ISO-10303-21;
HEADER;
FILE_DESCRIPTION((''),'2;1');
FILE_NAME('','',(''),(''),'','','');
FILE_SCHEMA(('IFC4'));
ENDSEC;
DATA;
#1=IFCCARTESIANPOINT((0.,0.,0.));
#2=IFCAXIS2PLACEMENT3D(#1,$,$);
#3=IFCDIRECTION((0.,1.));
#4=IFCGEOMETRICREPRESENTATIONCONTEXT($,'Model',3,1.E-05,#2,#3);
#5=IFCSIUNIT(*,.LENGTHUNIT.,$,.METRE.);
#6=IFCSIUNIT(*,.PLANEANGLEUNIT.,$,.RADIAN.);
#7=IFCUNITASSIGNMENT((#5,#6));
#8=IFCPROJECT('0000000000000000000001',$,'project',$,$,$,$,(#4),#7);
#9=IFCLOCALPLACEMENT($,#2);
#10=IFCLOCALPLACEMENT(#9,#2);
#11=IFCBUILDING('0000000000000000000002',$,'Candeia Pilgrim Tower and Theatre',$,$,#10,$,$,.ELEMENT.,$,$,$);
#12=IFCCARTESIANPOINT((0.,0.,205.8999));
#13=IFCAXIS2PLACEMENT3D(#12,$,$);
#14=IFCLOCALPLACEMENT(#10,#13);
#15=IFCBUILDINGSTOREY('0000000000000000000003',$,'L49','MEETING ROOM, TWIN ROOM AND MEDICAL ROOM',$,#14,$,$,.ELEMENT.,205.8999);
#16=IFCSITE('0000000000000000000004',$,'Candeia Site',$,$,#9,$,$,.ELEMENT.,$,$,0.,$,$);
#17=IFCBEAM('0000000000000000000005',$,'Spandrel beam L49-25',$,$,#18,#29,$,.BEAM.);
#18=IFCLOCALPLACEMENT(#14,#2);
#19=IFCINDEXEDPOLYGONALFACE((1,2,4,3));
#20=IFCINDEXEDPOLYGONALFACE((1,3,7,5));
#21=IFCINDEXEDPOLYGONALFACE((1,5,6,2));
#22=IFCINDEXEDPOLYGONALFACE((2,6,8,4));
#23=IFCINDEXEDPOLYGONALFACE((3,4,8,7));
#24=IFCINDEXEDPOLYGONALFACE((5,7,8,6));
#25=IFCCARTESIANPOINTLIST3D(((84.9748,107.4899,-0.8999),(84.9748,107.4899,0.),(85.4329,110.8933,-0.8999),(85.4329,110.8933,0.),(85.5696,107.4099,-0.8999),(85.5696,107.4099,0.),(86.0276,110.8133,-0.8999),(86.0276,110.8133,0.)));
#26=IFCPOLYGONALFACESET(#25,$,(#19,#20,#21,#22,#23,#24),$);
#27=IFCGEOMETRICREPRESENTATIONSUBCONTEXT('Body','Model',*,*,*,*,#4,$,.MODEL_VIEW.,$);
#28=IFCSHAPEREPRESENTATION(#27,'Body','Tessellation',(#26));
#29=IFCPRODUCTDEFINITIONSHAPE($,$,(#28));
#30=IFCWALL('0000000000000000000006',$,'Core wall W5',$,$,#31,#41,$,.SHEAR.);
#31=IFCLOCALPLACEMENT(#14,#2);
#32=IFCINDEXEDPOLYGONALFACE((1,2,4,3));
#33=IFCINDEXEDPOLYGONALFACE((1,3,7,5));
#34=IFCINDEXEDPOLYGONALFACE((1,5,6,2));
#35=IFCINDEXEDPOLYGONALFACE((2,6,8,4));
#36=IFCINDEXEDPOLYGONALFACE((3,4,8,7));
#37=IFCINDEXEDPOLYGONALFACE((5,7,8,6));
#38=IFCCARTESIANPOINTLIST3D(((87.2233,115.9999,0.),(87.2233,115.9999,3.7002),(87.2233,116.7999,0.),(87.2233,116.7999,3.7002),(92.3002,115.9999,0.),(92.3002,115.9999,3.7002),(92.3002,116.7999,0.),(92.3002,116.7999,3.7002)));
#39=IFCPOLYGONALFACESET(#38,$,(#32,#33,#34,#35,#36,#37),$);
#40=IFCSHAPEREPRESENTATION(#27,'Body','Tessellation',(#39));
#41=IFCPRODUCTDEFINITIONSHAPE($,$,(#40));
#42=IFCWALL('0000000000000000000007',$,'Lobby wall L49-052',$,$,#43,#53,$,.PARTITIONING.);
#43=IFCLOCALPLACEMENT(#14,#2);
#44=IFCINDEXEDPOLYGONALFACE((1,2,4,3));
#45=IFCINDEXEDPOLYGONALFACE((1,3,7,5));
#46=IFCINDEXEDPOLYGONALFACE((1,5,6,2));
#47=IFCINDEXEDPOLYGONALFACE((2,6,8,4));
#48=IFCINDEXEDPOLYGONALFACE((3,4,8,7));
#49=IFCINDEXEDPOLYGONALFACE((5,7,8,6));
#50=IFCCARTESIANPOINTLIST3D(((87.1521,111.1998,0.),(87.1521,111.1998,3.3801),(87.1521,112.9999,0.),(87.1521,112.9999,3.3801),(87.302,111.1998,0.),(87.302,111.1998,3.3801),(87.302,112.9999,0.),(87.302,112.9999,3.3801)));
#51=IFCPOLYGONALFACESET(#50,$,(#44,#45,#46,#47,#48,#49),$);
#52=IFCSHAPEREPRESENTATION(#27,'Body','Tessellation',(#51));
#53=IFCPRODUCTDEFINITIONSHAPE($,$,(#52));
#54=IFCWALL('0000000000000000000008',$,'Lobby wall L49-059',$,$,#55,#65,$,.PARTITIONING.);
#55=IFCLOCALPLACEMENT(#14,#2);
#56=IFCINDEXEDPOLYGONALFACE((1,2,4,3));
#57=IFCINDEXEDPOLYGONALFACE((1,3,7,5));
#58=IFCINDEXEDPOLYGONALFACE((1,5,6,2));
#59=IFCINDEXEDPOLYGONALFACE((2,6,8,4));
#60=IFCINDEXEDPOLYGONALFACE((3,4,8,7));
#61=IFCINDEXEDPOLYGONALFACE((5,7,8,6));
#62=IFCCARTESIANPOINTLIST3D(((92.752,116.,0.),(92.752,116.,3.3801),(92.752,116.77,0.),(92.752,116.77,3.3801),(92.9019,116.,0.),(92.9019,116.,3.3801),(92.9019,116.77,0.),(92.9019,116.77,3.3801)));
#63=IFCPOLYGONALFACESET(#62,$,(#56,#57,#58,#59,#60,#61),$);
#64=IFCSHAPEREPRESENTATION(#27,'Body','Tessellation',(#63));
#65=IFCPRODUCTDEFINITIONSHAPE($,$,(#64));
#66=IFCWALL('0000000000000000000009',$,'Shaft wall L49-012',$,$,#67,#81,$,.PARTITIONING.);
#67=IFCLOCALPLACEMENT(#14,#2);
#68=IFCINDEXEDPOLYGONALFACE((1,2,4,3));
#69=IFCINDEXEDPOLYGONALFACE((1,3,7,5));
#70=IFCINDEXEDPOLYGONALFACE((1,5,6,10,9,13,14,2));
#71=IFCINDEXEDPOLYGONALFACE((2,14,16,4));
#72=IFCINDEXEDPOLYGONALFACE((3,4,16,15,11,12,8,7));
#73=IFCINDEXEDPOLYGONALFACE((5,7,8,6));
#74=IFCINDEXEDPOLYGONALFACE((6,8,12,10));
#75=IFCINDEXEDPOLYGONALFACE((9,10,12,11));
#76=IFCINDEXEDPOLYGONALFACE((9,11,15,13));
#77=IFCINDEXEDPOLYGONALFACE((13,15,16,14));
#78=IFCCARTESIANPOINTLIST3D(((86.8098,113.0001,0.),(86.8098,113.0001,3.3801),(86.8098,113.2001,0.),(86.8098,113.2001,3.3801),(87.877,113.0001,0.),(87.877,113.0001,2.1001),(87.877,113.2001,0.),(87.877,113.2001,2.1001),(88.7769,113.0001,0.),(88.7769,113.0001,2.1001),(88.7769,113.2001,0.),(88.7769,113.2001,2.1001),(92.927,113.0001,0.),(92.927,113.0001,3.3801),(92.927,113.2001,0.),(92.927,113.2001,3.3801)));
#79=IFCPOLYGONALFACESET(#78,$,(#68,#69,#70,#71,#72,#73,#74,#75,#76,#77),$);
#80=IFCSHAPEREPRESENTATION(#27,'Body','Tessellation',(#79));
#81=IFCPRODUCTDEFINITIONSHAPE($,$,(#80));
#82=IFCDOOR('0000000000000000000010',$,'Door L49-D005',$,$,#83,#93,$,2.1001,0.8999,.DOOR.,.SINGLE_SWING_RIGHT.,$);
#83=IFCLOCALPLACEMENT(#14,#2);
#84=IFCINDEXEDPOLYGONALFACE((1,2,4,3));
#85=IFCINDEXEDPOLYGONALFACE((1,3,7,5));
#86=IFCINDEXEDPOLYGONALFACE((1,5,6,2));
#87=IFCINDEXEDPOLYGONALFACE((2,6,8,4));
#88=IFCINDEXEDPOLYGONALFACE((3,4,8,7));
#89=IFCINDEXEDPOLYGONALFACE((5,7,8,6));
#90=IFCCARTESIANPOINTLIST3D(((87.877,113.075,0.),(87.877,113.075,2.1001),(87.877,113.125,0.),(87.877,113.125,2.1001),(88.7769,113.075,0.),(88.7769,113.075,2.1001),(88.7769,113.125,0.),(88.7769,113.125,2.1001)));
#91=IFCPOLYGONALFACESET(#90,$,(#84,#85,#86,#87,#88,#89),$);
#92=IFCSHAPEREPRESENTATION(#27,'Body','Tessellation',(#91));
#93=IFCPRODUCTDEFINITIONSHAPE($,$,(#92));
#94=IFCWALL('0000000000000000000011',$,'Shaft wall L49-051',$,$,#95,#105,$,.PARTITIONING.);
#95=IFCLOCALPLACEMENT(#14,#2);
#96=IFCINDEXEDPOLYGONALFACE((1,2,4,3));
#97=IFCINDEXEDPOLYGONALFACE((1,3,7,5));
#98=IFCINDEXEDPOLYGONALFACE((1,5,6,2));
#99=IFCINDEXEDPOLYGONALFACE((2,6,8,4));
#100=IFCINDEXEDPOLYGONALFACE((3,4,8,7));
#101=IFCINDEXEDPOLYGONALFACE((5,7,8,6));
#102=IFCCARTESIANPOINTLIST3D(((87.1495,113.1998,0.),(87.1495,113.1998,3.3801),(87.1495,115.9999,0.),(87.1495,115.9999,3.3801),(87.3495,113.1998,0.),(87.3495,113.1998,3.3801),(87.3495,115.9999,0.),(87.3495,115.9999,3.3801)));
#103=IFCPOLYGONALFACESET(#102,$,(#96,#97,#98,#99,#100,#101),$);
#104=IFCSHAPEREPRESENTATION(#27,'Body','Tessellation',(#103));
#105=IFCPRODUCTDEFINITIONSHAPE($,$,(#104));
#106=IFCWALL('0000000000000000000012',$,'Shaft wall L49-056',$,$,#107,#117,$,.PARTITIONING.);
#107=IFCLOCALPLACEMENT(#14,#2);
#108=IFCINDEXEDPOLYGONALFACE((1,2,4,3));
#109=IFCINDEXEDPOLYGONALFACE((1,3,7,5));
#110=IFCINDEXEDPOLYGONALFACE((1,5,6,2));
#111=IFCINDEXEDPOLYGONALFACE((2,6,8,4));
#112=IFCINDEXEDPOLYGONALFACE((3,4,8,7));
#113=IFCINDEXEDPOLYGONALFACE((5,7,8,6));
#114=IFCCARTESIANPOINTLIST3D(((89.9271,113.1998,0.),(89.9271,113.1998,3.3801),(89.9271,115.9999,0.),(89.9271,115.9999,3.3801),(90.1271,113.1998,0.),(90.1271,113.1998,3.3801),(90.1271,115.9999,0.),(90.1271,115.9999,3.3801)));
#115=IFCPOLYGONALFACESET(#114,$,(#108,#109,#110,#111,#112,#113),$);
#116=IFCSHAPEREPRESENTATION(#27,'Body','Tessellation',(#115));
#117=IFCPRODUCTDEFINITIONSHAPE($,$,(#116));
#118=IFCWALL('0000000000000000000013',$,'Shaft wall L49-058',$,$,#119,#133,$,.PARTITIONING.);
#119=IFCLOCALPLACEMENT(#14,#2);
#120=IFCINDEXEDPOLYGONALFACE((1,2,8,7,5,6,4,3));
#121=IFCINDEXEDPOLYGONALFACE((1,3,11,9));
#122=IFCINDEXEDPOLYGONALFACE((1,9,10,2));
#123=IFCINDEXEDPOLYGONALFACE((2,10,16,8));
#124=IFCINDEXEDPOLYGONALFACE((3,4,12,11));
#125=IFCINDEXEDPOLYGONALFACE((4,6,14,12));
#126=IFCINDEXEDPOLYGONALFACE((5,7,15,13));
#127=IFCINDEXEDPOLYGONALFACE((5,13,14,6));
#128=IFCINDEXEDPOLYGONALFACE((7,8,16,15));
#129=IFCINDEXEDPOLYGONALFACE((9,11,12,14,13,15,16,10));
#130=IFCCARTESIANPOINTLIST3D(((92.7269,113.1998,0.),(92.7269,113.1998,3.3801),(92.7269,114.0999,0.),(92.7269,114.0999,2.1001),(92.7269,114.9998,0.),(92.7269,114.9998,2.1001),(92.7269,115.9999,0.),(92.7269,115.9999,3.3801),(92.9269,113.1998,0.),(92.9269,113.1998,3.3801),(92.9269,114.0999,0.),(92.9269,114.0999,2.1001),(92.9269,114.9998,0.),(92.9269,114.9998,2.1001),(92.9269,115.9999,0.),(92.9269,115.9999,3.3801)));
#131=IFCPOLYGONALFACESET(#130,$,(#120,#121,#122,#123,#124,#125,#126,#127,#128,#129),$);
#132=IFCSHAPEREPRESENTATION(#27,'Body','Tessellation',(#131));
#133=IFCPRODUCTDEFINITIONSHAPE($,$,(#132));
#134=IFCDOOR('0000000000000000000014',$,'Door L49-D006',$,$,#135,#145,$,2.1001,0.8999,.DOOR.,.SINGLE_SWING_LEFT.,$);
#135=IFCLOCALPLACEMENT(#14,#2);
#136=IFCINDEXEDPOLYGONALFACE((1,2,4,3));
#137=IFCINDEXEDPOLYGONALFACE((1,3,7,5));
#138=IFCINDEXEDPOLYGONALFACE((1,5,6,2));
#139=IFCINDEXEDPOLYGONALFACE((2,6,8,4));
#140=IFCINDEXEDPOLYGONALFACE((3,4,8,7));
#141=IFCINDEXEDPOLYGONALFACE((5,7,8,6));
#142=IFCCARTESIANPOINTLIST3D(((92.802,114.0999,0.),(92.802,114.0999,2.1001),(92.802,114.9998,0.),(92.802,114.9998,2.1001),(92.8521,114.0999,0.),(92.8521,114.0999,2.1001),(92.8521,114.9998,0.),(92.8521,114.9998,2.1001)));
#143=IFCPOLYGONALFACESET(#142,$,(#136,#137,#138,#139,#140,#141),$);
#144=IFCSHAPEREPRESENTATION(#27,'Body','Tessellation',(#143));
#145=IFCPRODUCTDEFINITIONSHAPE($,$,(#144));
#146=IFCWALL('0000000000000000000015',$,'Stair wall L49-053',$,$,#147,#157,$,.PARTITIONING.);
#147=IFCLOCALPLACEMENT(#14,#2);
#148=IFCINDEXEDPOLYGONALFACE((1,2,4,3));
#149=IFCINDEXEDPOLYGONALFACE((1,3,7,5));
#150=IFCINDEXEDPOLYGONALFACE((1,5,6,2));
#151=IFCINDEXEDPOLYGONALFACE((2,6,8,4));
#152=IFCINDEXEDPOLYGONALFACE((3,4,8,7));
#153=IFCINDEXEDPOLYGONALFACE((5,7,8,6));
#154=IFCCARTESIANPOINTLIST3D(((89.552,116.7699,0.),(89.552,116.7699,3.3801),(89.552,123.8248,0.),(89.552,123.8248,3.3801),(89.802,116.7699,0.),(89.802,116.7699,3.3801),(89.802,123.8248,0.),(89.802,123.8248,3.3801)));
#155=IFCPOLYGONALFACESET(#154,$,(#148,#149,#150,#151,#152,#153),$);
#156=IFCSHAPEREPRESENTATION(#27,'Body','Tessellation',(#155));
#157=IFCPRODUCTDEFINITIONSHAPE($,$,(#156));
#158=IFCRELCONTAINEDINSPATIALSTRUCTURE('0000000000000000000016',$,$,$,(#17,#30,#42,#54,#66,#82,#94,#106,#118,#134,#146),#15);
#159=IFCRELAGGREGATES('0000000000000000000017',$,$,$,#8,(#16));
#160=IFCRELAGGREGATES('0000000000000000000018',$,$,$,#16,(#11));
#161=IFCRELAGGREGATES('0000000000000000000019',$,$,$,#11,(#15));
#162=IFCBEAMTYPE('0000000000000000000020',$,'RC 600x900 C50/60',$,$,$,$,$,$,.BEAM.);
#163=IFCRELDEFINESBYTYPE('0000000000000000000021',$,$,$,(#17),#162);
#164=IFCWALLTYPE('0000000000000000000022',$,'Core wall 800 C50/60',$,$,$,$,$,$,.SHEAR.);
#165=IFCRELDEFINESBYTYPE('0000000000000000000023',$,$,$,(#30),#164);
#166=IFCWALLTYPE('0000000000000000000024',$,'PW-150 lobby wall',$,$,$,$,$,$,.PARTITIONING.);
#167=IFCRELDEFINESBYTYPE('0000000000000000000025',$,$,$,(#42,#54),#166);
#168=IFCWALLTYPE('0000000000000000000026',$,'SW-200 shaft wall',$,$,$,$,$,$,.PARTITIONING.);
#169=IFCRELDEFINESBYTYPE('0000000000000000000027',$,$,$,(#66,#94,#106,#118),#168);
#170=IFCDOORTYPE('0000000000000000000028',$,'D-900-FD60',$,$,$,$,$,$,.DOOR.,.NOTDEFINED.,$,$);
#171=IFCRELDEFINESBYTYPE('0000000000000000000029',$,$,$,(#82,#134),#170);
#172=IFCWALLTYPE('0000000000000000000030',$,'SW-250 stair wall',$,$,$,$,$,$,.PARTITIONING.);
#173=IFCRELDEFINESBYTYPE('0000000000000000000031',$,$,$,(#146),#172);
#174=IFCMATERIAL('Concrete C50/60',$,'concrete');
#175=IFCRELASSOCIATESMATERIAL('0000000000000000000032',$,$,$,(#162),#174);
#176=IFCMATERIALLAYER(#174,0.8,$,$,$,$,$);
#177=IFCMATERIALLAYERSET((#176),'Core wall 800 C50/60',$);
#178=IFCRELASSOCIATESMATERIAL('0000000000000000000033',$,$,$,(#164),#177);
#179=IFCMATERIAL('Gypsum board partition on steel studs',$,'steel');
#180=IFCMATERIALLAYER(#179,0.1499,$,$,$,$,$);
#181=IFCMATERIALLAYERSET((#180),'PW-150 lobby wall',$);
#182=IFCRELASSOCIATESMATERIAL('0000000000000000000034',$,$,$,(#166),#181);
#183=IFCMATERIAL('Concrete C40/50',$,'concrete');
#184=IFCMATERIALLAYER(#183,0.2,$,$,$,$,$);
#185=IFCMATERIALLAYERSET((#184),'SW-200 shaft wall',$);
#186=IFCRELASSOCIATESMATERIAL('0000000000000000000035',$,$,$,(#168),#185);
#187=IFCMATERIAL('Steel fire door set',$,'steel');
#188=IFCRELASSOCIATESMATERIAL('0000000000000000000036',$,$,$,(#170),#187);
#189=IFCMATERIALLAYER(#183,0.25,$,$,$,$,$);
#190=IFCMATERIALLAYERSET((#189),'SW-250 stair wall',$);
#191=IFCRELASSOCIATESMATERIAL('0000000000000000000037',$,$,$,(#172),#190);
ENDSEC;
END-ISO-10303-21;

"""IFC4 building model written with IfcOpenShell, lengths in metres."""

from ifc_helpers import new_model, si_unit, direction, frame, frame_2d, origin, origin_2d, place, context, subcontext, project, spatial, rectangle, extrude, material, layer, layer_set, material_profile, profile_set, type_object, element, fill, save


model = new_model("IFC4")

# Units and contexts
model_context = context("Model", 3, precision=1e-05, world=origin(), true_north=direction((0.0, 1.0)))
body_context = subcontext(model_context, "Body", "Model", "MODEL_VIEW")
ifc_project = project(units=[si_unit("LENGTHUNIT", "METRE"), si_unit("PLANEANGLEUNIT", "RADIAN")], contexts=[model_context])

# Site, building, storey
site_placement = place(None, origin())
site = spatial("IfcSite", under=ifc_project, at=site_placement, Name="Candeia Site", CompositionType="ELEMENT", RefElevation=0.0)
building_placement = place(site_placement, origin())
building = spatial("IfcBuilding", under=site, at=building_placement, Name="Candeia Pilgrim Tower and Theatre", CompositionType="ELEMENT")
storey_placement = place(building_placement, frame((0.0, 0.0, 205.8999)))
storey = spatial("IfcBuildingStorey", under=building, at=storey_placement, Name="L49", Description="MEETING ROOM, TWIN ROOM AND MEDICAL ROOM", CompositionType="ELEMENT", Elevation=205.8999)

# Beam
ifc_material_1 = material(Name="Concrete C50/60", Category="concrete")
ifc_material_profile = material_profile(ifc_material_1, rectangle(XDim=0.6001, YDim=0.8999, at=origin_2d()))
ifc_profile_set = profile_set([ifc_material_profile], Name="Concrete C50/60")
beam_type = type_object("IfcBeamType", Name="RC 600x900 C50/60", PredefinedType="BEAM", material=ifc_profile_set)
beam_placement = place(storey_placement, frame((85.7302, 110.8533, -0.45), z_axis=(-0.133374, -0.991066, 0.0), x_axis=(0.991066, -0.133374, 0.0)))
element("IfcBeam", 1, at=beam_placement, inside=storey, type_object=beam_type, Name="Spandrel beam L49-25", PredefinedType="BEAM", context=body_context, shape_type="SweptSolid", body=[
    extrude(rectangle(XDim=0.6001, YDim=0.8999, at=origin_2d()), origin(), (0.0, 0.0, 1.0), 3.4341),
])

# Walls
ifc_layer_1 = layer(ifc_material_1, 0.8)
ifc_layer_set_1 = layer_set([ifc_layer_1], Name="Core wall 800 C50/60")
wall_type_1 = type_object("IfcWallType", Name="Core wall 800 C50/60", PredefinedType="SHEAR", material=ifc_layer_set_1)
wall_1_placement = place(storey_placement, frame((87.2231, 116.3999, 0.0), z_axis=(0.0, 0.0, 1.0), x_axis=(1.0, 0.0, 0.0)))
element("IfcWall", 2, at=wall_1_placement, inside=storey, type_object=wall_type_1, Name="Core wall W5", PredefinedType="SHEAR", context=body_context, shape_type="SweptSolid", body=[
    extrude(rectangle(XDim=5.0769, YDim=0.8, at=frame_2d((2.5386, 0.0))), origin(), (0.0, 0.0, 1.0), 3.7002),
])
ifc_material_2 = material(Name="Gypsum board partition on steel studs", Category="steel")
ifc_layer_2 = layer(ifc_material_2, 0.1499)
ifc_layer_set_2 = layer_set([ifc_layer_2], Name="PW-150 lobby wall")
wall_type_2 = type_object("IfcWallType", Name="PW-150 lobby wall", PredefinedType="PARTITIONING", material=ifc_layer_set_2)
wall_2_placement = place(storey_placement, frame((87.2271, 111.2, 0.0), z_axis=(0.0, 0.0, 1.0), x_axis=(0.0, 1.0, 0.0)))
element("IfcWall", 3, at=wall_2_placement, inside=storey, type_object=wall_type_2, Name="Lobby wall L49-052", PredefinedType="PARTITIONING", context=body_context, shape_type="SweptSolid", body=[
    extrude(rectangle(XDim=1.8, YDim=0.1499, at=frame_2d((0.8999, 0.0))), origin(), (0.0, 0.0, 1.0), 3.3801),
])
wall_3_placement = place(storey_placement, frame((92.8269, 116.0, 0.0), z_axis=(0.0, 0.0, 1.0), x_axis=(0.0, 1.0, 0.0)))
element("IfcWall", 4, at=wall_3_placement, inside=storey, type_object=wall_type_2, Name="Lobby wall L49-059", PredefinedType="PARTITIONING", context=body_context, shape_type="SweptSolid", body=[
    extrude(rectangle(XDim=0.77, YDim=0.1499, at=frame_2d((0.385, 0.0))), origin(), (0.0, 0.0, 1.0), 3.3801),
])

# Wall, opening, door
ifc_material_3 = material(Name="Concrete C40/50", Category="concrete")
ifc_layer_3 = layer(ifc_material_3, 0.2)
ifc_layer_set_3 = layer_set([ifc_layer_3], Name="SW-200 shaft wall")
wall_type_3 = type_object("IfcWallType", Name="SW-200 shaft wall", PredefinedType="PARTITIONING", material=ifc_layer_set_3)
wall_4_placement = place(storey_placement, frame((86.8098, 113.1001, 0.0), z_axis=(0.0, 0.0, 1.0), x_axis=(1.0, 0.0, 0.0)))
wall_4 = element("IfcWall", 5, at=wall_4_placement, inside=storey, type_object=wall_type_3, Name="Shaft wall L49-012", PredefinedType="PARTITIONING", context=body_context, shape_type="SweptSolid", body=[
    extrude(rectangle(XDim=6.1172, YDim=0.2, at=frame_2d((3.0586, 0.0))), origin(), (0.0, 0.0, 1.0), 3.3801),
])
opening_1_placement = place(wall_4_placement, frame((1.0671, 0.0, 0.0)))
opening_1 = element("IfcOpeningElement", 6, at=opening_1_placement, cuts=wall_4, PredefinedType="OPENING", context=body_context, shape_type="SweptSolid", body=[
    extrude(rectangle(XDim=0.8999, YDim=2.1001, at=frame_2d((0.45, 1.05))), frame((0.0, 0.1099, 0.0), z_axis=(0.0, -1.0, 0.0), x_axis=(1.0, 0.0, 0.0)), (0.0, 0.0, 1.0), 0.22),
])
ifc_material_4 = material(Name="Steel fire door set", Category="steel")
door_type = type_object("IfcDoorType", Name="D-900-FD60", OperationType="NOTDEFINED", PredefinedType="DOOR", material=ifc_material_4)
door_1_placement = place(opening_1_placement, origin())
door_1 = element("IfcDoor", 7, at=door_1_placement, inside=storey, type_object=door_type, Name="Door L49-D005", OperationType="SINGLE_SWING_RIGHT", OverallHeight=2.1001, OverallWidth=0.8999, PredefinedType="DOOR", context=body_context, shape_type="SweptSolid", body=[
    extrude(rectangle(XDim=0.8999, YDim=2.1001, at=frame_2d((0.45, 1.05))), frame((0.0, 0.0249, 0.0), z_axis=(0.0, -1.0, 0.0), x_axis=(1.0, 0.0, 0.0)), (0.0, 0.0, 1.0), 0.05),
])
fill(opening_1, door_1)

# Walls
for number, where, z_axis, x_axis, name in (
    (8, (87.2495, 113.2, 0.0), (0.0, 0.0, 1.0), (0.0, 1.0, 0.0), "Shaft wall L49-051"),
    (9, (90.0271, 113.2, 0.0), (0.0, 0.0, 1.0), (0.0, 1.0, 0.0), "Shaft wall L49-056"),
):
    element("IfcWall", number, at=place(storey_placement, frame(where, z_axis=z_axis, x_axis=x_axis)), inside=storey, type_object=wall_type_3, Name=name, PredefinedType="PARTITIONING", context=body_context, shape_type="SweptSolid", body=[
        extrude(rectangle(XDim=2.8, YDim=0.2, at=frame_2d((1.3999, 0.0))), origin(), (0.0, 0.0, 1.0), 3.3801),
    ])

# Wall, opening, door
wall_5_placement = place(storey_placement, frame((92.8269, 113.2, 0.0), z_axis=(0.0, 0.0, 1.0), x_axis=(0.0, 1.0, 0.0)))
wall_5 = element("IfcWall", 10, at=wall_5_placement, inside=storey, type_object=wall_type_3, Name="Shaft wall L49-058", PredefinedType="PARTITIONING", context=body_context, shape_type="SweptSolid", body=[
    extrude(rectangle(XDim=2.8, YDim=0.2, at=frame_2d((1.3999, 0.0))), origin(), (0.0, 0.0, 1.0), 3.3801),
])
opening_2_placement = place(wall_5_placement, frame((0.8999, 0.0, 0.0)))
opening_2 = element("IfcOpeningElement", 11, at=opening_2_placement, cuts=wall_5, PredefinedType="OPENING", context=body_context, shape_type="SweptSolid", body=[
    extrude(rectangle(XDim=0.8999, YDim=2.1001, at=frame_2d((0.45, 1.05))), frame((0.0, 0.1099, 0.0), z_axis=(0.0, -1.0, 0.0), x_axis=(1.0, 0.0, 0.0)), (0.0, 0.0, 1.0), 0.22),
])
door_2_placement = place(opening_2_placement, origin())
door_2 = element("IfcDoor", 12, at=door_2_placement, inside=storey, type_object=door_type, Name="Door L49-D006", OperationType="SINGLE_SWING_LEFT", OverallHeight=2.1001, OverallWidth=0.8999, PredefinedType="DOOR", context=body_context, shape_type="SweptSolid", body=[
    extrude(rectangle(XDim=0.8999, YDim=2.1001, at=frame_2d((0.45, 1.05))), frame((0.0, 0.0249, 0.0), z_axis=(0.0, -1.0, 0.0), x_axis=(1.0, 0.0, 0.0)), (0.0, 0.0, 1.0), 0.05),
])
fill(opening_2, door_2)

# Wall
ifc_layer_4 = layer(ifc_material_3, 0.25)
ifc_layer_set_4 = layer_set([ifc_layer_4], Name="SW-250 stair wall")
wall_type_4 = type_object("IfcWallType", Name="SW-250 stair wall", PredefinedType="PARTITIONING", material=ifc_layer_set_4)
wall_6_placement = place(storey_placement, frame((89.677, 116.77, 0.0), z_axis=(0.0, 0.0, 1.0), x_axis=(0.0, 1.0, 0.0)))
element("IfcWall", 13, at=wall_6_placement, inside=storey, type_object=wall_type_4, Name="Stair wall L49-053", PredefinedType="PARTITIONING", context=body_context, shape_type="SweptSolid", body=[
    extrude(rectangle(XDim=7.0549, YDim=0.25, at=frame_2d((3.5273, 0.0))), origin(), (0.0, 0.0, 1.0), 3.3801),
])

save(model, "model.ifc")
